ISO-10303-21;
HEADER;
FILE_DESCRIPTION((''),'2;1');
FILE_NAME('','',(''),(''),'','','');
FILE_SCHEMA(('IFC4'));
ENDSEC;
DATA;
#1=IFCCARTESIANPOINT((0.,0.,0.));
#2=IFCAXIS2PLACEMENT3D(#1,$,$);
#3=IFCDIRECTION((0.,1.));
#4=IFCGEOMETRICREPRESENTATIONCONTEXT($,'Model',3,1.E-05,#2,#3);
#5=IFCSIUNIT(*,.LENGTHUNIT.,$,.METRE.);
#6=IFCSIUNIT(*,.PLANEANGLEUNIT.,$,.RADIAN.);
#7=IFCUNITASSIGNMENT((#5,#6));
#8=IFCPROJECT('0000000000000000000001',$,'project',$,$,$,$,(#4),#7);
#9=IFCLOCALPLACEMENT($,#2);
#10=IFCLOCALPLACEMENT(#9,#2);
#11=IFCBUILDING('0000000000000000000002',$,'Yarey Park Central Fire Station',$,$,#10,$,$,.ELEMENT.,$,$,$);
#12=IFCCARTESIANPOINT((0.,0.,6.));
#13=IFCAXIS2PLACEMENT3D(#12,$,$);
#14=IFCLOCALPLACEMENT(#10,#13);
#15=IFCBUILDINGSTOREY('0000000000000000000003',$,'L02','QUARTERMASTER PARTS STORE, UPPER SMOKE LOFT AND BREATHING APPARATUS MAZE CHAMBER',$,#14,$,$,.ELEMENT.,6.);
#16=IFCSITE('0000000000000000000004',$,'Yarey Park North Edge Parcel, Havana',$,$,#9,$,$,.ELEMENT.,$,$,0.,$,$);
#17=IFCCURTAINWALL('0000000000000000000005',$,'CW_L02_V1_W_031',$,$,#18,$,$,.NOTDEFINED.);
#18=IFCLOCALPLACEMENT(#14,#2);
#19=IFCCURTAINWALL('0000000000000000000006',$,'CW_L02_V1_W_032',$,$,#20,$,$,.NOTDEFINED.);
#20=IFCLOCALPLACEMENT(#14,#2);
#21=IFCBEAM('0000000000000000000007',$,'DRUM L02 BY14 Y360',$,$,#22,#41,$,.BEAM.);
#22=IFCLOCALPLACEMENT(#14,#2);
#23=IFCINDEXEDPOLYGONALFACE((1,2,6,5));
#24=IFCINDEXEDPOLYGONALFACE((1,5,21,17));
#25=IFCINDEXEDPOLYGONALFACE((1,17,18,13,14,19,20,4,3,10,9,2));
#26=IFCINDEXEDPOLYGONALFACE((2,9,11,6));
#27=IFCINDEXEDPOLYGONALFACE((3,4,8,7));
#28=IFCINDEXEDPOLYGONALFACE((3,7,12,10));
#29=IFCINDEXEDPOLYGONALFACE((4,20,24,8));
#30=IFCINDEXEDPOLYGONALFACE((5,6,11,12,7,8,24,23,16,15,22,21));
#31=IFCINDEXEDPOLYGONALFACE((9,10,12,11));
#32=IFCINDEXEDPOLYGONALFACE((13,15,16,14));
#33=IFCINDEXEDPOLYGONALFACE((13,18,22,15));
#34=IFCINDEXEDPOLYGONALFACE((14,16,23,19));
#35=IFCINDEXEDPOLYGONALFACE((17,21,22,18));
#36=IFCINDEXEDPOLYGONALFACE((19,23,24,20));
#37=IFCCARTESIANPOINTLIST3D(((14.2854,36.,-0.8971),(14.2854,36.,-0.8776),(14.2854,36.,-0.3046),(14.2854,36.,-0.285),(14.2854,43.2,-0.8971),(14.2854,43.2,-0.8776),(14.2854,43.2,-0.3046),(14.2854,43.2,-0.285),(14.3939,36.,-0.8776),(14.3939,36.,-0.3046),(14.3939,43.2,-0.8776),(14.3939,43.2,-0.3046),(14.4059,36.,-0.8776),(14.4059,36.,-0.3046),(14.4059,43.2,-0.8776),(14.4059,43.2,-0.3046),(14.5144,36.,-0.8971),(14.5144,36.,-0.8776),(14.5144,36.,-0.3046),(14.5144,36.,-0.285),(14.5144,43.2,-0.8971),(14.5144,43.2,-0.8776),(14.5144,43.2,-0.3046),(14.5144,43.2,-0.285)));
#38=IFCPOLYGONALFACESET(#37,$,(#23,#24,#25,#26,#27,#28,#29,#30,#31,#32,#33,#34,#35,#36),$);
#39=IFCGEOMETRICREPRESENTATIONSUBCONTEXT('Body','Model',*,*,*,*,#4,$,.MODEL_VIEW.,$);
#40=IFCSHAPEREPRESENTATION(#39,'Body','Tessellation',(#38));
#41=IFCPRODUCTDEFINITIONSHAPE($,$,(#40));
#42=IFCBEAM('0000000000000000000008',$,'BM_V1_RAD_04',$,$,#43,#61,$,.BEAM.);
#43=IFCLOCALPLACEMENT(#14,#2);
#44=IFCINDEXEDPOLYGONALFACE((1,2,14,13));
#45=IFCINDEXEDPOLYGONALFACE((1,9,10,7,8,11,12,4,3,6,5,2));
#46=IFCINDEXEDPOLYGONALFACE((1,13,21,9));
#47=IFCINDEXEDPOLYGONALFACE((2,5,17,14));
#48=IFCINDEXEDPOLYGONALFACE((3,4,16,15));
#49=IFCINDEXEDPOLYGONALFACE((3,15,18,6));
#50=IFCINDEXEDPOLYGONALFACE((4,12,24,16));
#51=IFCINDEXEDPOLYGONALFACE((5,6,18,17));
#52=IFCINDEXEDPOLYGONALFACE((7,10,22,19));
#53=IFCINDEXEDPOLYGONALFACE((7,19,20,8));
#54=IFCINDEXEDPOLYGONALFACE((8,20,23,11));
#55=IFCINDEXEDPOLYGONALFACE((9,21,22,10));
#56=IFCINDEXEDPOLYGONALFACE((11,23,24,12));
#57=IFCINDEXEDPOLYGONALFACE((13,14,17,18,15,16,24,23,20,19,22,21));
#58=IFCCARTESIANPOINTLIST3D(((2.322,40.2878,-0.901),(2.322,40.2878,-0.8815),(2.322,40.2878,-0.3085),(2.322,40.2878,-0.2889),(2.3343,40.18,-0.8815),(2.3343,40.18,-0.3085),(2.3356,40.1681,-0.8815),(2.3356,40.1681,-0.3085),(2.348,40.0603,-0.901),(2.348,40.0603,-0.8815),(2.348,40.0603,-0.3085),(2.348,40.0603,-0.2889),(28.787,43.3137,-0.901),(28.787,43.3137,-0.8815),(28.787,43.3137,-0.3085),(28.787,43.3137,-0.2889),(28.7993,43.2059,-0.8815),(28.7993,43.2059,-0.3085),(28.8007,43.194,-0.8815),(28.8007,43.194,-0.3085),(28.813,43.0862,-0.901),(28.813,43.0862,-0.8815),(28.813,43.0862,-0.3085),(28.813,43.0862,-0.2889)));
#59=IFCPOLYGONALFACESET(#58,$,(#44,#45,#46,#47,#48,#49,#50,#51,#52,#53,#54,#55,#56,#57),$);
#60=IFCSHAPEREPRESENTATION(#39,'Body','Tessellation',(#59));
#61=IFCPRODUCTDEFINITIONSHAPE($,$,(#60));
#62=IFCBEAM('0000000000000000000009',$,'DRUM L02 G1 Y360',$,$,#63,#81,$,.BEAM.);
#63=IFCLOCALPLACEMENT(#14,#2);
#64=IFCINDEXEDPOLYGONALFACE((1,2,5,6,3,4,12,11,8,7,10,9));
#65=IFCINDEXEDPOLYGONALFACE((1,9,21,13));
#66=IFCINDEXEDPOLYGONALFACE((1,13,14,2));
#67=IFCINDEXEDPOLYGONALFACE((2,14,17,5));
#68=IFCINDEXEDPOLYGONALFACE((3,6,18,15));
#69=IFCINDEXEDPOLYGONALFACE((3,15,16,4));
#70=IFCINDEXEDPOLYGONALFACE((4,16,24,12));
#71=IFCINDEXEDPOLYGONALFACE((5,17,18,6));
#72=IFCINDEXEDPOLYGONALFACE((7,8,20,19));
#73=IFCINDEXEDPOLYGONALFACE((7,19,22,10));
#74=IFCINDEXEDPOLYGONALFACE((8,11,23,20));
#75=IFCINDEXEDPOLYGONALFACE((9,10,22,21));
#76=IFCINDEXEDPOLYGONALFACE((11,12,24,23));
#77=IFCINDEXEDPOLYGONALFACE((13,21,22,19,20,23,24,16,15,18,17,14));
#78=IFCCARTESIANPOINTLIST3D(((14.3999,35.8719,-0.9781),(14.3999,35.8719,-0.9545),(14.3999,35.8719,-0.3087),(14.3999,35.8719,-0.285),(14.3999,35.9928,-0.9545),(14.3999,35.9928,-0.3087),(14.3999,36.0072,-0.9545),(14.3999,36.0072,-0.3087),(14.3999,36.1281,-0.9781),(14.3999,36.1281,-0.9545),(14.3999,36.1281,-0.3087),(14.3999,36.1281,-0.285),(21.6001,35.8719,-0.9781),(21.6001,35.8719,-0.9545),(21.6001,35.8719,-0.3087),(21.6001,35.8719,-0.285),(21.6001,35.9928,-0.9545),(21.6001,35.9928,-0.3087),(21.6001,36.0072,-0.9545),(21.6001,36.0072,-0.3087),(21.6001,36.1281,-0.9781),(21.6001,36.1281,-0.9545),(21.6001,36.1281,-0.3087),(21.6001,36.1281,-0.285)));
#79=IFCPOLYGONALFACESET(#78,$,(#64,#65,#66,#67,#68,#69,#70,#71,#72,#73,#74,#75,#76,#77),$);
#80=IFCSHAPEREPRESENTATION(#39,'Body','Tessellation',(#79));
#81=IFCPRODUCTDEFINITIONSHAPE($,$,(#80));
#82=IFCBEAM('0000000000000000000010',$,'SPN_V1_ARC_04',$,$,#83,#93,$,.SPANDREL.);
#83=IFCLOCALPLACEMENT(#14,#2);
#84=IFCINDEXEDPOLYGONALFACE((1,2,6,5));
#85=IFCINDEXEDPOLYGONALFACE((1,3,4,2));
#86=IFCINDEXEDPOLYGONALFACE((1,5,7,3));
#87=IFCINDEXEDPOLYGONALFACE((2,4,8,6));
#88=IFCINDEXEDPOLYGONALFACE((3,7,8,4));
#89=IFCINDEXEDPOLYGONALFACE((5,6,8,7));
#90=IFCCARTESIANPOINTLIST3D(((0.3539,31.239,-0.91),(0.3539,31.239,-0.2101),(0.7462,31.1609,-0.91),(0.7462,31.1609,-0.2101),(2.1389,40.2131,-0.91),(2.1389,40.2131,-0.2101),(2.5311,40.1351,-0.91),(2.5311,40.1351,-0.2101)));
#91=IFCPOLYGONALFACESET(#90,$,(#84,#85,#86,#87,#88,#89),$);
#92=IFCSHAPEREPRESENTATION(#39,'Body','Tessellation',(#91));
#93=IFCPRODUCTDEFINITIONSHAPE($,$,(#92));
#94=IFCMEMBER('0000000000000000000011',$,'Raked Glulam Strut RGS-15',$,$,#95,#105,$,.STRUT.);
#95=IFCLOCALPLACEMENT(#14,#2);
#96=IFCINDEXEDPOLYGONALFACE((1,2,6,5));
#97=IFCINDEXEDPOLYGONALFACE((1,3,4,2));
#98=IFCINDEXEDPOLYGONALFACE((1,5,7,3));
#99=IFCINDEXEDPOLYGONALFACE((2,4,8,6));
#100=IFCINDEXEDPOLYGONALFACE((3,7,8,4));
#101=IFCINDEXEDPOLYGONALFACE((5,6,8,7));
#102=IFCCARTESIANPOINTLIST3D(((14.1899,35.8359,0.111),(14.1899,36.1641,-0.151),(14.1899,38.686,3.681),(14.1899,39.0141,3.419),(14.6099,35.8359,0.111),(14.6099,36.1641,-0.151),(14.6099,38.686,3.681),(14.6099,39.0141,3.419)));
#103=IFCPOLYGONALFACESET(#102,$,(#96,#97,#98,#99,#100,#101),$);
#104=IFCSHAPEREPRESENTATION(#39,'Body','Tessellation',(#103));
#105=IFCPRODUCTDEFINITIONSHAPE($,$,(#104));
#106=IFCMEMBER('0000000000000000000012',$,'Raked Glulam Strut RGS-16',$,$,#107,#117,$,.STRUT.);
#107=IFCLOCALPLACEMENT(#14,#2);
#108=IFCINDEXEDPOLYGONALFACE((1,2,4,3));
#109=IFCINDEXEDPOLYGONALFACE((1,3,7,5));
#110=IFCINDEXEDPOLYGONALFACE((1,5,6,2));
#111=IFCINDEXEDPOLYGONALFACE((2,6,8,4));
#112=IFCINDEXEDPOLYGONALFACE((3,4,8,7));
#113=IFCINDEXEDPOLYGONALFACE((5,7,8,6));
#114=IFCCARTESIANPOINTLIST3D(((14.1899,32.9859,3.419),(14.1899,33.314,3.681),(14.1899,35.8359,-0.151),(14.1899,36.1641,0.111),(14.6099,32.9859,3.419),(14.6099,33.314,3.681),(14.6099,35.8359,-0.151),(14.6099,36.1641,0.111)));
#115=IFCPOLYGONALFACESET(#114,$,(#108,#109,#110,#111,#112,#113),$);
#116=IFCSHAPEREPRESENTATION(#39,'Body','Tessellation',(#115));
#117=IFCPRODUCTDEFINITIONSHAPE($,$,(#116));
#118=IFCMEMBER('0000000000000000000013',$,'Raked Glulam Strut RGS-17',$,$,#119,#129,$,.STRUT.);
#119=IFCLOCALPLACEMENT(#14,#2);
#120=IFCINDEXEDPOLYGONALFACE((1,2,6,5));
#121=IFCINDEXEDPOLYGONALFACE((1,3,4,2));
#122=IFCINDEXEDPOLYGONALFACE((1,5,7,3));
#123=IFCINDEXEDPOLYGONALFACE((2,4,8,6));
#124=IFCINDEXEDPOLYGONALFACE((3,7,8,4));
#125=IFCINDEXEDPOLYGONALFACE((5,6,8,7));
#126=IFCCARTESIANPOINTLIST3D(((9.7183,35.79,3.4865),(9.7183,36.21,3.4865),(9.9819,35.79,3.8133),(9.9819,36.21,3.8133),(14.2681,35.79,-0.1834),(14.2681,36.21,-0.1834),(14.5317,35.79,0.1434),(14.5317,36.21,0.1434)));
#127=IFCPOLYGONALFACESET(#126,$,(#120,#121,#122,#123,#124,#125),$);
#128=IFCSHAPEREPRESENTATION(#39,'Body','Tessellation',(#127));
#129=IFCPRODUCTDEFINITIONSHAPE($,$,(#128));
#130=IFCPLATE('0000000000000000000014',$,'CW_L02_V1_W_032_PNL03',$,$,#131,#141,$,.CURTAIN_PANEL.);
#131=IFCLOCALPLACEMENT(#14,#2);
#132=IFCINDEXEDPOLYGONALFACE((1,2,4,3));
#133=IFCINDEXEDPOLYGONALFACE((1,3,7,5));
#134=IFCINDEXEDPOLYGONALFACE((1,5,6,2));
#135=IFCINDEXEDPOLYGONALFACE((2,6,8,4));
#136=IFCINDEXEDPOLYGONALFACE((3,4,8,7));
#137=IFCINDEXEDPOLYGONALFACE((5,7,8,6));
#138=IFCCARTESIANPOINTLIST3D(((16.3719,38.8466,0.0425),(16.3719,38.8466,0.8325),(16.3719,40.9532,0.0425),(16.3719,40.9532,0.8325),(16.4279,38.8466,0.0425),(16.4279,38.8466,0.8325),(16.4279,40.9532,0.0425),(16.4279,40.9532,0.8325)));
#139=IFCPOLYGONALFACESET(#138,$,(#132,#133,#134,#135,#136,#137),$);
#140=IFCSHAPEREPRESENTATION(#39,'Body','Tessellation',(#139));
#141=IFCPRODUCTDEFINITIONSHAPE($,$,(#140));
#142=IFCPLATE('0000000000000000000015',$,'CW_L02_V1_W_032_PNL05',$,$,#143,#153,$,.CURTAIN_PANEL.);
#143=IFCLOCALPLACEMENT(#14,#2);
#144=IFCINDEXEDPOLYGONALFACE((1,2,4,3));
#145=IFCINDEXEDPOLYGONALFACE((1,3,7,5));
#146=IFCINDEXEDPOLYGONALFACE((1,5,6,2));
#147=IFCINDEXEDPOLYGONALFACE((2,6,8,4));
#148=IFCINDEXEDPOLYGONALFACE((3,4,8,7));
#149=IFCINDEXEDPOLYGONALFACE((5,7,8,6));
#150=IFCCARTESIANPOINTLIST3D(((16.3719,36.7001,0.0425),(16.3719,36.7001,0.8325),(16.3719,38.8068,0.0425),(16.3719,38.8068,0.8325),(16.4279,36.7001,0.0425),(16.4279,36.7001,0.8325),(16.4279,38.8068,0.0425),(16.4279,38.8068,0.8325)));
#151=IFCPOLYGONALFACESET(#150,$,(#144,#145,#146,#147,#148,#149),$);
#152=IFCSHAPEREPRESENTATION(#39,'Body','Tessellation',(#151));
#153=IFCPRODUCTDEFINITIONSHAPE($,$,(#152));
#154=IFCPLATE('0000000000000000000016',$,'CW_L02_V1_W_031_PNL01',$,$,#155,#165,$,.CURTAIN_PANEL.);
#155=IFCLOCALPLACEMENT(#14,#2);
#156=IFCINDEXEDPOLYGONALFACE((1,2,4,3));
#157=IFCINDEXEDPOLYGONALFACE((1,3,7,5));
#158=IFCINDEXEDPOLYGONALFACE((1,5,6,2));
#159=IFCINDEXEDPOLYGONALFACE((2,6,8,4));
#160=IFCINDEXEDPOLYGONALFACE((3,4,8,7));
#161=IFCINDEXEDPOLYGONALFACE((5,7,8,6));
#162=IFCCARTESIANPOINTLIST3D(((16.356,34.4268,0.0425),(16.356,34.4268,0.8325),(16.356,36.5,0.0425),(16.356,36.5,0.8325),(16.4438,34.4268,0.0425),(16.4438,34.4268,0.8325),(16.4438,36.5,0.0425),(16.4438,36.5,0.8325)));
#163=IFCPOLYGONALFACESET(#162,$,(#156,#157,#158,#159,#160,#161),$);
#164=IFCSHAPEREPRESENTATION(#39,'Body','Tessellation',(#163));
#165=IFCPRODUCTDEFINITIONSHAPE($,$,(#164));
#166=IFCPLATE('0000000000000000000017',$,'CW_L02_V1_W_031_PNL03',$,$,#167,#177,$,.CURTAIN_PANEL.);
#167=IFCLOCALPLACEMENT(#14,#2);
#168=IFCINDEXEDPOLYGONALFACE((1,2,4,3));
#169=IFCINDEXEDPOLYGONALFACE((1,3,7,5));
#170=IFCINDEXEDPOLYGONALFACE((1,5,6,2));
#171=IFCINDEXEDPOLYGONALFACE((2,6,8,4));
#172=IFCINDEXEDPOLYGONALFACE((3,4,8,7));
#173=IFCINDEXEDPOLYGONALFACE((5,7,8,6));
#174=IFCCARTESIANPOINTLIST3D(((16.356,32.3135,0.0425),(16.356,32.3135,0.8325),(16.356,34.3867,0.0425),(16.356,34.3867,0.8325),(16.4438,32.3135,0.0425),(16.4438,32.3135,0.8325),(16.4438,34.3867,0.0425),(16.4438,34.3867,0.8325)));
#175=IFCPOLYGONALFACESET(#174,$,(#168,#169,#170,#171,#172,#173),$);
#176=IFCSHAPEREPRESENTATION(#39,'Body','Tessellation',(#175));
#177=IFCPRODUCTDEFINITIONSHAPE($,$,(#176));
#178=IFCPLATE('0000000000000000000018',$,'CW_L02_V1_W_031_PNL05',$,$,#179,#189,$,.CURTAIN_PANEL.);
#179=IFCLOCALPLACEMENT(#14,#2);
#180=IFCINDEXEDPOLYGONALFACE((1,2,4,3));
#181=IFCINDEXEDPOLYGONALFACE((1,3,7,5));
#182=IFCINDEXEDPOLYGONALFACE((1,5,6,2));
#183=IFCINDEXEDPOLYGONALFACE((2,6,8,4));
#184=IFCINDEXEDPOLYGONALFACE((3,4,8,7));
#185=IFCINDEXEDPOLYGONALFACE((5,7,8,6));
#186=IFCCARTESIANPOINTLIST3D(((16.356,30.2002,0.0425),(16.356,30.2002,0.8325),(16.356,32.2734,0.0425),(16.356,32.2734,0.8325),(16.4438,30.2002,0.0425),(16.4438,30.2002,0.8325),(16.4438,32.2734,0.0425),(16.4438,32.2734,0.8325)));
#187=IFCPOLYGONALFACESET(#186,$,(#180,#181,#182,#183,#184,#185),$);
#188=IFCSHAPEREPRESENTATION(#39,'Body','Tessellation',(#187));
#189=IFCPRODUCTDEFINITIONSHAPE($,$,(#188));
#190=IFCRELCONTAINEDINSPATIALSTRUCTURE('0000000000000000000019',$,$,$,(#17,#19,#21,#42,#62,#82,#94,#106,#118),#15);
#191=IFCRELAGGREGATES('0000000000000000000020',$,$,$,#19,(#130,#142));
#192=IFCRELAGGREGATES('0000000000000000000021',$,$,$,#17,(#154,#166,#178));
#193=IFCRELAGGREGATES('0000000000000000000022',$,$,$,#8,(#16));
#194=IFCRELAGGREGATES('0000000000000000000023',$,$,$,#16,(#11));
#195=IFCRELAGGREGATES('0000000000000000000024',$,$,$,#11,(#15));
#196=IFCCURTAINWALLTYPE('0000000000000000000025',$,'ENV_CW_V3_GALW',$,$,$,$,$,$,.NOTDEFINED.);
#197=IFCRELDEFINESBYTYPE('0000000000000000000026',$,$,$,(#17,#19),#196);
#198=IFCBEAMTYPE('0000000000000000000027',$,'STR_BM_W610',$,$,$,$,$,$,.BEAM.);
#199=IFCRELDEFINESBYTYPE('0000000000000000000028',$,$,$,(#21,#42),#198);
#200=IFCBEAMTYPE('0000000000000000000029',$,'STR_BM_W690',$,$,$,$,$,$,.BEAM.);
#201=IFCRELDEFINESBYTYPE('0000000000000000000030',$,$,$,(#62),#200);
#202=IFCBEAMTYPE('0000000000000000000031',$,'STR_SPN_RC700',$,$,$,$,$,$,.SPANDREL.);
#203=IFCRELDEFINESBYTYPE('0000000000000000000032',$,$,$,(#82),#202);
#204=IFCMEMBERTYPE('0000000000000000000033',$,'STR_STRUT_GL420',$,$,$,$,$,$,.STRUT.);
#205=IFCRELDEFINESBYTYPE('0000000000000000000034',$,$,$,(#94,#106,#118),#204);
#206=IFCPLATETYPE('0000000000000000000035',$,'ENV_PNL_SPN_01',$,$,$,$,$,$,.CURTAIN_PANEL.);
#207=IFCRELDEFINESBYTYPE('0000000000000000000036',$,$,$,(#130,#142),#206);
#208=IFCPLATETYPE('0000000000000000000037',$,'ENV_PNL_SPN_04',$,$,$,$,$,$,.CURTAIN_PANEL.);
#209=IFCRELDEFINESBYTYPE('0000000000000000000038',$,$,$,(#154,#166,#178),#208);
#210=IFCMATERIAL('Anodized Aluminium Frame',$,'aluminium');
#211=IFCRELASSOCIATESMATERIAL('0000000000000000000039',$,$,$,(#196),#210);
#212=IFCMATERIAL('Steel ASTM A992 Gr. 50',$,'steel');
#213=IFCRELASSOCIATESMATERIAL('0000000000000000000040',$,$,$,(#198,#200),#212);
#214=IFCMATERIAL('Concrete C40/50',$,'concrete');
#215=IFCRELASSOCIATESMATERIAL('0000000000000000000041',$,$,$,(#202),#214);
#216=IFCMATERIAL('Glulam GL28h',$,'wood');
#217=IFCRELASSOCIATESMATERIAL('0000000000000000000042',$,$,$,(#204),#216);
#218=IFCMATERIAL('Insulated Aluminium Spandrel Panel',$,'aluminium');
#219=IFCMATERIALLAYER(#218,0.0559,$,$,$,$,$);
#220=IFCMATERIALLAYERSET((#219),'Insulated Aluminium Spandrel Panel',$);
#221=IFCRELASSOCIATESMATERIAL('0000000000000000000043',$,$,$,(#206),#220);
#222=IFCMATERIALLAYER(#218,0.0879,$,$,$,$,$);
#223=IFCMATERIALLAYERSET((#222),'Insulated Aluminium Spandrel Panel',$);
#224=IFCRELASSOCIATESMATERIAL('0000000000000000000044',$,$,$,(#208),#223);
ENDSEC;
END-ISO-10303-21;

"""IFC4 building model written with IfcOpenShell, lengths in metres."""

from ifc_helpers import new_model, si_unit, direction, frame, origin, origin_2d, place, context, subcontext, project, spatial, rectangle, i_section, extrude, material, layer, layer_set, material_profile, profile_set, type_object, element, aggregate, save


model = new_model("IFC4")

# Units and contexts
model_context = context("Model", 3, precision=1e-05, world=origin(), true_north=direction((0.0, 1.0)))
body_context = subcontext(model_context, "Body", "Model", "MODEL_VIEW")
ifc_project = project(units=[si_unit("LENGTHUNIT", "METRE"), si_unit("PLANEANGLEUNIT", "RADIAN")], contexts=[model_context])

# Site, building, storey
site_placement = place(None, origin())
site = spatial("IfcSite", under=ifc_project, at=site_placement, Name="Yarey Park North Edge Parcel, Havana", CompositionType="ELEMENT", RefElevation=0.0)
building_placement = place(site_placement, origin())
building = spatial("IfcBuilding", under=site, at=building_placement, Name="Yarey Park Central Fire Station", CompositionType="ELEMENT")
storey_placement = place(building_placement, frame((0.0, 0.0, 6.0)))
storey = spatial("IfcBuildingStorey", under=building, at=storey_placement, Name="L02", Description="QUARTERMASTER PARTS STORE, UPPER SMOKE LOFT AND BREATHING APPARATUS MAZE CHAMBER", CompositionType="ELEMENT", Elevation=6.0)

# Shared definitions
ifc_material_1 = material(Name="Steel ASTM A992 Gr. 50", Category="steel")

# Curtain walls
ifc_material_2 = material(Name="Anodized Aluminium Frame", Category="aluminium")
curtain_wall_type = type_object("IfcCurtainWallType", Name="ENV_CW_V3_GALW", PredefinedType="NOTDEFINED", material=ifc_material_2)
curtain_wall_1_placement = place(storey_placement, origin())
curtain_wall_1 = element("IfcCurtainWall", 1, at=curtain_wall_1_placement, inside=storey, type_object=curtain_wall_type, Name="CW_L02_V1_W_031", PredefinedType="NOTDEFINED")
curtain_wall_2_placement = place(storey_placement, origin())
curtain_wall_2 = element("IfcCurtainWall", 2, at=curtain_wall_2_placement, inside=storey, type_object=curtain_wall_type, Name="CW_L02_V1_W_032", PredefinedType="NOTDEFINED")

# Beams
ifc_material_profile_1 = material_profile(ifc_material_1, i_section(OverallWidth=0.229, OverallDepth=0.6121, WebThickness=0.012, FlangeThickness=0.0195, at=origin_2d()), Name="W610x125")
ifc_profile_set_1 = profile_set([ifc_material_profile_1], Name="Steel ASTM A992 Gr. 50")
beam_type_1 = type_object("IfcBeamType", Name="STR_BM_W610", PredefinedType="BEAM", material=ifc_profile_set_1)
beam_1_placement = place(storey_placement, frame((14.3999, 36.0, -0.5911), z_axis=(0.0, 1.0, 0.0), x_axis=(-1.0, 0.0, 0.0)))
element("IfcBeam", 3, at=beam_1_placement, inside=storey, type_object=beam_type_1, Name="DRUM L02 BY14 Y360", PredefinedType="BEAM", context=body_context, shape_type="SweptSolid", body=[
    extrude(i_section(OverallWidth=0.229, OverallDepth=0.6121, WebThickness=0.012, FlangeThickness=0.0195, at=origin_2d()), origin(), (0.0, 0.0, 1.0), 7.2),
])
beam_2_placement = place(storey_placement, frame((2.335, 40.1741, -0.595), z_axis=(0.993527, 0.113595, 0.0), x_axis=(-0.113595, 0.993527, 0.0)))
element("IfcBeam", 4, at=beam_2_placement, inside=storey, type_object=beam_type_1, Name="BM_V1_RAD_04", PredefinedType="BEAM", context=body_context, shape_type="SweptSolid", body=[
    extrude(i_section(OverallWidth=0.229, OverallDepth=0.6121, WebThickness=0.012, FlangeThickness=0.0195, at=origin_2d()), origin(), (0.0, 0.0, 1.0), 26.6375),
])
ifc_material_profile_2 = material_profile(ifc_material_1, i_section(OverallWidth=0.2561, OverallDepth=0.6931, WebThickness=0.0144, FlangeThickness=0.0237, at=origin_2d()), Name="W690x170")
ifc_profile_set_2 = profile_set([ifc_material_profile_2], Name="Steel ASTM A992 Gr. 50")
beam_type_2 = type_object("IfcBeamType", Name="STR_BM_W690", PredefinedType="BEAM", material=ifc_profile_set_2)
beam_3_placement = place(storey_placement, frame((14.3999, 36.0, -0.6316), z_axis=(1.0, 0.0, 0.0), x_axis=(0.0, 1.0, 0.0)))
element("IfcBeam", 5, at=beam_3_placement, inside=storey, type_object=beam_type_2, Name="DRUM L02 G1 Y360", PredefinedType="BEAM", context=body_context, shape_type="SweptSolid", body=[
    extrude(i_section(OverallWidth=0.2561, OverallDepth=0.6931, WebThickness=0.0144, FlangeThickness=0.0237, at=origin_2d()), origin(), (0.0, 0.0, 1.0), 7.2002),
])
ifc_material_3 = material(Name="Concrete C40/50", Category="concrete")
ifc_material_profile_3 = material_profile(ifc_material_3, rectangle(XDim=0.3999, YDim=0.7, at=origin_2d()), Name="RC 400x700")
ifc_profile_set_3 = profile_set([ifc_material_profile_3], Name="Concrete C40/50")
beam_type_3 = type_object("IfcBeamType", Name="STR_SPN_RC700", PredefinedType="SPANDREL", material=ifc_profile_set_3)
beam_4_placement = place(storey_placement, frame((2.335, 40.1741, -0.5601), z_axis=(-0.195074, -0.980788, 0.0), x_axis=(0.980788, -0.195074, 0.0)))
element("IfcBeam", 6, at=beam_4_placement, inside=storey, type_object=beam_type_3, Name="SPN_V1_ARC_04", PredefinedType="SPANDREL", context=body_context, shape_type="SweptSolid", body=[
    extrude(rectangle(XDim=0.3999, YDim=0.7, at=origin_2d()), origin(), (0.0, 0.0, 1.0), 9.1499),
])

# Members
ifc_material_4 = material(Name="Glulam GL28h", Category="wood")
ifc_material_profile_4 = material_profile(ifc_material_4, rectangle(XDim=0.4199, YDim=0.4199, at=origin_2d()), Name="GL 420x420")
ifc_profile_set_4 = profile_set([ifc_material_profile_4], Name="Glulam GL28h")
member_type_1 = type_object("IfcMemberType", Name="STR_STRUT_GL420", PredefinedType="STRUT", material=ifc_profile_set_4)
for number, where, z_axis, x_axis, name in (
    (7, (14.3999, 36.0, -0.02), (0.0, 0.6239, 0.781505), (-1.0, 0.0, 0.0), "Raked Glulam Strut RGS-15"),
    (8, (14.3999, 36.0, -0.02), (0.0, -0.6239, 0.781505), (1.0, 0.0, 0.0), "Raked Glulam Strut RGS-16"),
):
    element("IfcMember", number, at=place(storey_placement, frame(where, z_axis=z_axis, x_axis=x_axis)), inside=storey, type_object=member_type_1, Name=name, PredefinedType="STRUT", context=body_context, shape_type="SweptSolid", body=[
        extrude(rectangle(XDim=0.4199, YDim=0.4199, at=origin_2d()), origin(), (0.0, 0.0, 1.0), 4.5681),
    ])
member_1_placement = place(storey_placement, frame((14.3999, 36.0, -0.02), z_axis=(-0.778352, 0.0, 0.627828), x_axis=(0.0, -1.0, 0.0)))
element("IfcMember", 9, at=member_1_placement, inside=storey, type_object=member_type_1, Name="Raked Glulam Strut RGS-17", PredefinedType="STRUT", context=body_context, shape_type="SweptSolid", body=[
    extrude(rectangle(XDim=0.4199, YDim=0.4199, at=origin_2d()), origin(), (0.0, 0.0, 1.0), 5.8455),
])

# Plates
ifc_material_5 = material(Name="Insulated Aluminium Spandrel Panel", Category="aluminium")
ifc_layer_1 = layer(ifc_material_5, 0.0559)
ifc_layer_set_1 = layer_set([ifc_layer_1], Name="Insulated Aluminium Spandrel Panel")
plate_type_1 = type_object("IfcPlateType", Name="ENV_PNL_SPN_01", PredefinedType="CURTAIN_PANEL", material=ifc_layer_set_1)
plate_1_placement = place(storey_placement, frame((16.3999, 39.8999, 0.0425), z_axis=(0.0, 0.0, 1.0), x_axis=(0.0, -1.0, 0.0)))
plate_1 = element("IfcPlate", 10, at=plate_1_placement, type_object=plate_type_1, Name="CW_L02_V1_W_032_PNL03", PredefinedType="CURTAIN_PANEL", context=body_context, shape_type="SweptSolid", body=[
    extrude(rectangle(XDim=2.1067, YDim=0.0559, at=origin_2d()), origin(), (0.0, 0.0, 1.0), 0.79),
])
plate_2_placement = place(storey_placement, frame((16.3999, 37.7534, 0.0425), z_axis=(0.0, 0.0, 1.0), x_axis=(0.0, -1.0, 0.0)))
plate_2 = element("IfcPlate", 11, at=plate_2_placement, type_object=plate_type_1, Name="CW_L02_V1_W_032_PNL05", PredefinedType="CURTAIN_PANEL", context=body_context, shape_type="SweptSolid", body=[
    extrude(rectangle(XDim=2.1067, YDim=0.0559, at=origin_2d()), origin(), (0.0, 0.0, 1.0), 0.79),
])
ifc_layer_2 = layer(ifc_material_5, 0.0879)
ifc_layer_set_2 = layer_set([ifc_layer_2], Name="Insulated Aluminium Spandrel Panel")
plate_type_2 = type_object("IfcPlateType", Name="ENV_PNL_SPN_04", PredefinedType="CURTAIN_PANEL", material=ifc_layer_set_2)
plate_3_placement = place(storey_placement, frame((16.3999, 35.4634, 0.0425), z_axis=(0.0, 0.0, 1.0), x_axis=(0.0, -1.0, 0.0)))
plate_3 = element("IfcPlate", 12, at=plate_3_placement, type_object=plate_type_2, Name="CW_L02_V1_W_031_PNL01", PredefinedType="CURTAIN_PANEL", context=body_context, shape_type="SweptSolid", body=[
    extrude(rectangle(XDim=2.0732, YDim=0.0879, at=origin_2d()), origin(), (0.0, 0.0, 1.0), 0.79),
])
plate_4_placement = place(storey_placement, frame((16.3999, 33.3501, 0.0425), z_axis=(0.0, 0.0, 1.0), x_axis=(0.0, -1.0, 0.0)))
plate_4 = element("IfcPlate", 13, at=plate_4_placement, type_object=plate_type_2, Name="CW_L02_V1_W_031_PNL03", PredefinedType="CURTAIN_PANEL", context=body_context, shape_type="SweptSolid", body=[
    extrude(rectangle(XDim=2.0732, YDim=0.0879, at=origin_2d()), origin(), (0.0, 0.0, 1.0), 0.79),
])
plate_5_placement = place(storey_placement, frame((16.3999, 31.2368, 0.0425), z_axis=(0.0, 0.0, 1.0), x_axis=(0.0, -1.0, 0.0)))
plate_5 = element("IfcPlate", 14, at=plate_5_placement, type_object=plate_type_2, Name="CW_L02_V1_W_031_PNL05", PredefinedType="CURTAIN_PANEL", context=body_context, shape_type="SweptSolid", body=[
    extrude(rectangle(XDim=2.0732, YDim=0.0879, at=origin_2d()), origin(), (0.0, 0.0, 1.0), 0.79),
])
aggregate(curtain_wall_2, [plate_1, plate_2])
aggregate(curtain_wall_1, [plate_3, plate_4, plate_5])

save(model, "model.ifc")
